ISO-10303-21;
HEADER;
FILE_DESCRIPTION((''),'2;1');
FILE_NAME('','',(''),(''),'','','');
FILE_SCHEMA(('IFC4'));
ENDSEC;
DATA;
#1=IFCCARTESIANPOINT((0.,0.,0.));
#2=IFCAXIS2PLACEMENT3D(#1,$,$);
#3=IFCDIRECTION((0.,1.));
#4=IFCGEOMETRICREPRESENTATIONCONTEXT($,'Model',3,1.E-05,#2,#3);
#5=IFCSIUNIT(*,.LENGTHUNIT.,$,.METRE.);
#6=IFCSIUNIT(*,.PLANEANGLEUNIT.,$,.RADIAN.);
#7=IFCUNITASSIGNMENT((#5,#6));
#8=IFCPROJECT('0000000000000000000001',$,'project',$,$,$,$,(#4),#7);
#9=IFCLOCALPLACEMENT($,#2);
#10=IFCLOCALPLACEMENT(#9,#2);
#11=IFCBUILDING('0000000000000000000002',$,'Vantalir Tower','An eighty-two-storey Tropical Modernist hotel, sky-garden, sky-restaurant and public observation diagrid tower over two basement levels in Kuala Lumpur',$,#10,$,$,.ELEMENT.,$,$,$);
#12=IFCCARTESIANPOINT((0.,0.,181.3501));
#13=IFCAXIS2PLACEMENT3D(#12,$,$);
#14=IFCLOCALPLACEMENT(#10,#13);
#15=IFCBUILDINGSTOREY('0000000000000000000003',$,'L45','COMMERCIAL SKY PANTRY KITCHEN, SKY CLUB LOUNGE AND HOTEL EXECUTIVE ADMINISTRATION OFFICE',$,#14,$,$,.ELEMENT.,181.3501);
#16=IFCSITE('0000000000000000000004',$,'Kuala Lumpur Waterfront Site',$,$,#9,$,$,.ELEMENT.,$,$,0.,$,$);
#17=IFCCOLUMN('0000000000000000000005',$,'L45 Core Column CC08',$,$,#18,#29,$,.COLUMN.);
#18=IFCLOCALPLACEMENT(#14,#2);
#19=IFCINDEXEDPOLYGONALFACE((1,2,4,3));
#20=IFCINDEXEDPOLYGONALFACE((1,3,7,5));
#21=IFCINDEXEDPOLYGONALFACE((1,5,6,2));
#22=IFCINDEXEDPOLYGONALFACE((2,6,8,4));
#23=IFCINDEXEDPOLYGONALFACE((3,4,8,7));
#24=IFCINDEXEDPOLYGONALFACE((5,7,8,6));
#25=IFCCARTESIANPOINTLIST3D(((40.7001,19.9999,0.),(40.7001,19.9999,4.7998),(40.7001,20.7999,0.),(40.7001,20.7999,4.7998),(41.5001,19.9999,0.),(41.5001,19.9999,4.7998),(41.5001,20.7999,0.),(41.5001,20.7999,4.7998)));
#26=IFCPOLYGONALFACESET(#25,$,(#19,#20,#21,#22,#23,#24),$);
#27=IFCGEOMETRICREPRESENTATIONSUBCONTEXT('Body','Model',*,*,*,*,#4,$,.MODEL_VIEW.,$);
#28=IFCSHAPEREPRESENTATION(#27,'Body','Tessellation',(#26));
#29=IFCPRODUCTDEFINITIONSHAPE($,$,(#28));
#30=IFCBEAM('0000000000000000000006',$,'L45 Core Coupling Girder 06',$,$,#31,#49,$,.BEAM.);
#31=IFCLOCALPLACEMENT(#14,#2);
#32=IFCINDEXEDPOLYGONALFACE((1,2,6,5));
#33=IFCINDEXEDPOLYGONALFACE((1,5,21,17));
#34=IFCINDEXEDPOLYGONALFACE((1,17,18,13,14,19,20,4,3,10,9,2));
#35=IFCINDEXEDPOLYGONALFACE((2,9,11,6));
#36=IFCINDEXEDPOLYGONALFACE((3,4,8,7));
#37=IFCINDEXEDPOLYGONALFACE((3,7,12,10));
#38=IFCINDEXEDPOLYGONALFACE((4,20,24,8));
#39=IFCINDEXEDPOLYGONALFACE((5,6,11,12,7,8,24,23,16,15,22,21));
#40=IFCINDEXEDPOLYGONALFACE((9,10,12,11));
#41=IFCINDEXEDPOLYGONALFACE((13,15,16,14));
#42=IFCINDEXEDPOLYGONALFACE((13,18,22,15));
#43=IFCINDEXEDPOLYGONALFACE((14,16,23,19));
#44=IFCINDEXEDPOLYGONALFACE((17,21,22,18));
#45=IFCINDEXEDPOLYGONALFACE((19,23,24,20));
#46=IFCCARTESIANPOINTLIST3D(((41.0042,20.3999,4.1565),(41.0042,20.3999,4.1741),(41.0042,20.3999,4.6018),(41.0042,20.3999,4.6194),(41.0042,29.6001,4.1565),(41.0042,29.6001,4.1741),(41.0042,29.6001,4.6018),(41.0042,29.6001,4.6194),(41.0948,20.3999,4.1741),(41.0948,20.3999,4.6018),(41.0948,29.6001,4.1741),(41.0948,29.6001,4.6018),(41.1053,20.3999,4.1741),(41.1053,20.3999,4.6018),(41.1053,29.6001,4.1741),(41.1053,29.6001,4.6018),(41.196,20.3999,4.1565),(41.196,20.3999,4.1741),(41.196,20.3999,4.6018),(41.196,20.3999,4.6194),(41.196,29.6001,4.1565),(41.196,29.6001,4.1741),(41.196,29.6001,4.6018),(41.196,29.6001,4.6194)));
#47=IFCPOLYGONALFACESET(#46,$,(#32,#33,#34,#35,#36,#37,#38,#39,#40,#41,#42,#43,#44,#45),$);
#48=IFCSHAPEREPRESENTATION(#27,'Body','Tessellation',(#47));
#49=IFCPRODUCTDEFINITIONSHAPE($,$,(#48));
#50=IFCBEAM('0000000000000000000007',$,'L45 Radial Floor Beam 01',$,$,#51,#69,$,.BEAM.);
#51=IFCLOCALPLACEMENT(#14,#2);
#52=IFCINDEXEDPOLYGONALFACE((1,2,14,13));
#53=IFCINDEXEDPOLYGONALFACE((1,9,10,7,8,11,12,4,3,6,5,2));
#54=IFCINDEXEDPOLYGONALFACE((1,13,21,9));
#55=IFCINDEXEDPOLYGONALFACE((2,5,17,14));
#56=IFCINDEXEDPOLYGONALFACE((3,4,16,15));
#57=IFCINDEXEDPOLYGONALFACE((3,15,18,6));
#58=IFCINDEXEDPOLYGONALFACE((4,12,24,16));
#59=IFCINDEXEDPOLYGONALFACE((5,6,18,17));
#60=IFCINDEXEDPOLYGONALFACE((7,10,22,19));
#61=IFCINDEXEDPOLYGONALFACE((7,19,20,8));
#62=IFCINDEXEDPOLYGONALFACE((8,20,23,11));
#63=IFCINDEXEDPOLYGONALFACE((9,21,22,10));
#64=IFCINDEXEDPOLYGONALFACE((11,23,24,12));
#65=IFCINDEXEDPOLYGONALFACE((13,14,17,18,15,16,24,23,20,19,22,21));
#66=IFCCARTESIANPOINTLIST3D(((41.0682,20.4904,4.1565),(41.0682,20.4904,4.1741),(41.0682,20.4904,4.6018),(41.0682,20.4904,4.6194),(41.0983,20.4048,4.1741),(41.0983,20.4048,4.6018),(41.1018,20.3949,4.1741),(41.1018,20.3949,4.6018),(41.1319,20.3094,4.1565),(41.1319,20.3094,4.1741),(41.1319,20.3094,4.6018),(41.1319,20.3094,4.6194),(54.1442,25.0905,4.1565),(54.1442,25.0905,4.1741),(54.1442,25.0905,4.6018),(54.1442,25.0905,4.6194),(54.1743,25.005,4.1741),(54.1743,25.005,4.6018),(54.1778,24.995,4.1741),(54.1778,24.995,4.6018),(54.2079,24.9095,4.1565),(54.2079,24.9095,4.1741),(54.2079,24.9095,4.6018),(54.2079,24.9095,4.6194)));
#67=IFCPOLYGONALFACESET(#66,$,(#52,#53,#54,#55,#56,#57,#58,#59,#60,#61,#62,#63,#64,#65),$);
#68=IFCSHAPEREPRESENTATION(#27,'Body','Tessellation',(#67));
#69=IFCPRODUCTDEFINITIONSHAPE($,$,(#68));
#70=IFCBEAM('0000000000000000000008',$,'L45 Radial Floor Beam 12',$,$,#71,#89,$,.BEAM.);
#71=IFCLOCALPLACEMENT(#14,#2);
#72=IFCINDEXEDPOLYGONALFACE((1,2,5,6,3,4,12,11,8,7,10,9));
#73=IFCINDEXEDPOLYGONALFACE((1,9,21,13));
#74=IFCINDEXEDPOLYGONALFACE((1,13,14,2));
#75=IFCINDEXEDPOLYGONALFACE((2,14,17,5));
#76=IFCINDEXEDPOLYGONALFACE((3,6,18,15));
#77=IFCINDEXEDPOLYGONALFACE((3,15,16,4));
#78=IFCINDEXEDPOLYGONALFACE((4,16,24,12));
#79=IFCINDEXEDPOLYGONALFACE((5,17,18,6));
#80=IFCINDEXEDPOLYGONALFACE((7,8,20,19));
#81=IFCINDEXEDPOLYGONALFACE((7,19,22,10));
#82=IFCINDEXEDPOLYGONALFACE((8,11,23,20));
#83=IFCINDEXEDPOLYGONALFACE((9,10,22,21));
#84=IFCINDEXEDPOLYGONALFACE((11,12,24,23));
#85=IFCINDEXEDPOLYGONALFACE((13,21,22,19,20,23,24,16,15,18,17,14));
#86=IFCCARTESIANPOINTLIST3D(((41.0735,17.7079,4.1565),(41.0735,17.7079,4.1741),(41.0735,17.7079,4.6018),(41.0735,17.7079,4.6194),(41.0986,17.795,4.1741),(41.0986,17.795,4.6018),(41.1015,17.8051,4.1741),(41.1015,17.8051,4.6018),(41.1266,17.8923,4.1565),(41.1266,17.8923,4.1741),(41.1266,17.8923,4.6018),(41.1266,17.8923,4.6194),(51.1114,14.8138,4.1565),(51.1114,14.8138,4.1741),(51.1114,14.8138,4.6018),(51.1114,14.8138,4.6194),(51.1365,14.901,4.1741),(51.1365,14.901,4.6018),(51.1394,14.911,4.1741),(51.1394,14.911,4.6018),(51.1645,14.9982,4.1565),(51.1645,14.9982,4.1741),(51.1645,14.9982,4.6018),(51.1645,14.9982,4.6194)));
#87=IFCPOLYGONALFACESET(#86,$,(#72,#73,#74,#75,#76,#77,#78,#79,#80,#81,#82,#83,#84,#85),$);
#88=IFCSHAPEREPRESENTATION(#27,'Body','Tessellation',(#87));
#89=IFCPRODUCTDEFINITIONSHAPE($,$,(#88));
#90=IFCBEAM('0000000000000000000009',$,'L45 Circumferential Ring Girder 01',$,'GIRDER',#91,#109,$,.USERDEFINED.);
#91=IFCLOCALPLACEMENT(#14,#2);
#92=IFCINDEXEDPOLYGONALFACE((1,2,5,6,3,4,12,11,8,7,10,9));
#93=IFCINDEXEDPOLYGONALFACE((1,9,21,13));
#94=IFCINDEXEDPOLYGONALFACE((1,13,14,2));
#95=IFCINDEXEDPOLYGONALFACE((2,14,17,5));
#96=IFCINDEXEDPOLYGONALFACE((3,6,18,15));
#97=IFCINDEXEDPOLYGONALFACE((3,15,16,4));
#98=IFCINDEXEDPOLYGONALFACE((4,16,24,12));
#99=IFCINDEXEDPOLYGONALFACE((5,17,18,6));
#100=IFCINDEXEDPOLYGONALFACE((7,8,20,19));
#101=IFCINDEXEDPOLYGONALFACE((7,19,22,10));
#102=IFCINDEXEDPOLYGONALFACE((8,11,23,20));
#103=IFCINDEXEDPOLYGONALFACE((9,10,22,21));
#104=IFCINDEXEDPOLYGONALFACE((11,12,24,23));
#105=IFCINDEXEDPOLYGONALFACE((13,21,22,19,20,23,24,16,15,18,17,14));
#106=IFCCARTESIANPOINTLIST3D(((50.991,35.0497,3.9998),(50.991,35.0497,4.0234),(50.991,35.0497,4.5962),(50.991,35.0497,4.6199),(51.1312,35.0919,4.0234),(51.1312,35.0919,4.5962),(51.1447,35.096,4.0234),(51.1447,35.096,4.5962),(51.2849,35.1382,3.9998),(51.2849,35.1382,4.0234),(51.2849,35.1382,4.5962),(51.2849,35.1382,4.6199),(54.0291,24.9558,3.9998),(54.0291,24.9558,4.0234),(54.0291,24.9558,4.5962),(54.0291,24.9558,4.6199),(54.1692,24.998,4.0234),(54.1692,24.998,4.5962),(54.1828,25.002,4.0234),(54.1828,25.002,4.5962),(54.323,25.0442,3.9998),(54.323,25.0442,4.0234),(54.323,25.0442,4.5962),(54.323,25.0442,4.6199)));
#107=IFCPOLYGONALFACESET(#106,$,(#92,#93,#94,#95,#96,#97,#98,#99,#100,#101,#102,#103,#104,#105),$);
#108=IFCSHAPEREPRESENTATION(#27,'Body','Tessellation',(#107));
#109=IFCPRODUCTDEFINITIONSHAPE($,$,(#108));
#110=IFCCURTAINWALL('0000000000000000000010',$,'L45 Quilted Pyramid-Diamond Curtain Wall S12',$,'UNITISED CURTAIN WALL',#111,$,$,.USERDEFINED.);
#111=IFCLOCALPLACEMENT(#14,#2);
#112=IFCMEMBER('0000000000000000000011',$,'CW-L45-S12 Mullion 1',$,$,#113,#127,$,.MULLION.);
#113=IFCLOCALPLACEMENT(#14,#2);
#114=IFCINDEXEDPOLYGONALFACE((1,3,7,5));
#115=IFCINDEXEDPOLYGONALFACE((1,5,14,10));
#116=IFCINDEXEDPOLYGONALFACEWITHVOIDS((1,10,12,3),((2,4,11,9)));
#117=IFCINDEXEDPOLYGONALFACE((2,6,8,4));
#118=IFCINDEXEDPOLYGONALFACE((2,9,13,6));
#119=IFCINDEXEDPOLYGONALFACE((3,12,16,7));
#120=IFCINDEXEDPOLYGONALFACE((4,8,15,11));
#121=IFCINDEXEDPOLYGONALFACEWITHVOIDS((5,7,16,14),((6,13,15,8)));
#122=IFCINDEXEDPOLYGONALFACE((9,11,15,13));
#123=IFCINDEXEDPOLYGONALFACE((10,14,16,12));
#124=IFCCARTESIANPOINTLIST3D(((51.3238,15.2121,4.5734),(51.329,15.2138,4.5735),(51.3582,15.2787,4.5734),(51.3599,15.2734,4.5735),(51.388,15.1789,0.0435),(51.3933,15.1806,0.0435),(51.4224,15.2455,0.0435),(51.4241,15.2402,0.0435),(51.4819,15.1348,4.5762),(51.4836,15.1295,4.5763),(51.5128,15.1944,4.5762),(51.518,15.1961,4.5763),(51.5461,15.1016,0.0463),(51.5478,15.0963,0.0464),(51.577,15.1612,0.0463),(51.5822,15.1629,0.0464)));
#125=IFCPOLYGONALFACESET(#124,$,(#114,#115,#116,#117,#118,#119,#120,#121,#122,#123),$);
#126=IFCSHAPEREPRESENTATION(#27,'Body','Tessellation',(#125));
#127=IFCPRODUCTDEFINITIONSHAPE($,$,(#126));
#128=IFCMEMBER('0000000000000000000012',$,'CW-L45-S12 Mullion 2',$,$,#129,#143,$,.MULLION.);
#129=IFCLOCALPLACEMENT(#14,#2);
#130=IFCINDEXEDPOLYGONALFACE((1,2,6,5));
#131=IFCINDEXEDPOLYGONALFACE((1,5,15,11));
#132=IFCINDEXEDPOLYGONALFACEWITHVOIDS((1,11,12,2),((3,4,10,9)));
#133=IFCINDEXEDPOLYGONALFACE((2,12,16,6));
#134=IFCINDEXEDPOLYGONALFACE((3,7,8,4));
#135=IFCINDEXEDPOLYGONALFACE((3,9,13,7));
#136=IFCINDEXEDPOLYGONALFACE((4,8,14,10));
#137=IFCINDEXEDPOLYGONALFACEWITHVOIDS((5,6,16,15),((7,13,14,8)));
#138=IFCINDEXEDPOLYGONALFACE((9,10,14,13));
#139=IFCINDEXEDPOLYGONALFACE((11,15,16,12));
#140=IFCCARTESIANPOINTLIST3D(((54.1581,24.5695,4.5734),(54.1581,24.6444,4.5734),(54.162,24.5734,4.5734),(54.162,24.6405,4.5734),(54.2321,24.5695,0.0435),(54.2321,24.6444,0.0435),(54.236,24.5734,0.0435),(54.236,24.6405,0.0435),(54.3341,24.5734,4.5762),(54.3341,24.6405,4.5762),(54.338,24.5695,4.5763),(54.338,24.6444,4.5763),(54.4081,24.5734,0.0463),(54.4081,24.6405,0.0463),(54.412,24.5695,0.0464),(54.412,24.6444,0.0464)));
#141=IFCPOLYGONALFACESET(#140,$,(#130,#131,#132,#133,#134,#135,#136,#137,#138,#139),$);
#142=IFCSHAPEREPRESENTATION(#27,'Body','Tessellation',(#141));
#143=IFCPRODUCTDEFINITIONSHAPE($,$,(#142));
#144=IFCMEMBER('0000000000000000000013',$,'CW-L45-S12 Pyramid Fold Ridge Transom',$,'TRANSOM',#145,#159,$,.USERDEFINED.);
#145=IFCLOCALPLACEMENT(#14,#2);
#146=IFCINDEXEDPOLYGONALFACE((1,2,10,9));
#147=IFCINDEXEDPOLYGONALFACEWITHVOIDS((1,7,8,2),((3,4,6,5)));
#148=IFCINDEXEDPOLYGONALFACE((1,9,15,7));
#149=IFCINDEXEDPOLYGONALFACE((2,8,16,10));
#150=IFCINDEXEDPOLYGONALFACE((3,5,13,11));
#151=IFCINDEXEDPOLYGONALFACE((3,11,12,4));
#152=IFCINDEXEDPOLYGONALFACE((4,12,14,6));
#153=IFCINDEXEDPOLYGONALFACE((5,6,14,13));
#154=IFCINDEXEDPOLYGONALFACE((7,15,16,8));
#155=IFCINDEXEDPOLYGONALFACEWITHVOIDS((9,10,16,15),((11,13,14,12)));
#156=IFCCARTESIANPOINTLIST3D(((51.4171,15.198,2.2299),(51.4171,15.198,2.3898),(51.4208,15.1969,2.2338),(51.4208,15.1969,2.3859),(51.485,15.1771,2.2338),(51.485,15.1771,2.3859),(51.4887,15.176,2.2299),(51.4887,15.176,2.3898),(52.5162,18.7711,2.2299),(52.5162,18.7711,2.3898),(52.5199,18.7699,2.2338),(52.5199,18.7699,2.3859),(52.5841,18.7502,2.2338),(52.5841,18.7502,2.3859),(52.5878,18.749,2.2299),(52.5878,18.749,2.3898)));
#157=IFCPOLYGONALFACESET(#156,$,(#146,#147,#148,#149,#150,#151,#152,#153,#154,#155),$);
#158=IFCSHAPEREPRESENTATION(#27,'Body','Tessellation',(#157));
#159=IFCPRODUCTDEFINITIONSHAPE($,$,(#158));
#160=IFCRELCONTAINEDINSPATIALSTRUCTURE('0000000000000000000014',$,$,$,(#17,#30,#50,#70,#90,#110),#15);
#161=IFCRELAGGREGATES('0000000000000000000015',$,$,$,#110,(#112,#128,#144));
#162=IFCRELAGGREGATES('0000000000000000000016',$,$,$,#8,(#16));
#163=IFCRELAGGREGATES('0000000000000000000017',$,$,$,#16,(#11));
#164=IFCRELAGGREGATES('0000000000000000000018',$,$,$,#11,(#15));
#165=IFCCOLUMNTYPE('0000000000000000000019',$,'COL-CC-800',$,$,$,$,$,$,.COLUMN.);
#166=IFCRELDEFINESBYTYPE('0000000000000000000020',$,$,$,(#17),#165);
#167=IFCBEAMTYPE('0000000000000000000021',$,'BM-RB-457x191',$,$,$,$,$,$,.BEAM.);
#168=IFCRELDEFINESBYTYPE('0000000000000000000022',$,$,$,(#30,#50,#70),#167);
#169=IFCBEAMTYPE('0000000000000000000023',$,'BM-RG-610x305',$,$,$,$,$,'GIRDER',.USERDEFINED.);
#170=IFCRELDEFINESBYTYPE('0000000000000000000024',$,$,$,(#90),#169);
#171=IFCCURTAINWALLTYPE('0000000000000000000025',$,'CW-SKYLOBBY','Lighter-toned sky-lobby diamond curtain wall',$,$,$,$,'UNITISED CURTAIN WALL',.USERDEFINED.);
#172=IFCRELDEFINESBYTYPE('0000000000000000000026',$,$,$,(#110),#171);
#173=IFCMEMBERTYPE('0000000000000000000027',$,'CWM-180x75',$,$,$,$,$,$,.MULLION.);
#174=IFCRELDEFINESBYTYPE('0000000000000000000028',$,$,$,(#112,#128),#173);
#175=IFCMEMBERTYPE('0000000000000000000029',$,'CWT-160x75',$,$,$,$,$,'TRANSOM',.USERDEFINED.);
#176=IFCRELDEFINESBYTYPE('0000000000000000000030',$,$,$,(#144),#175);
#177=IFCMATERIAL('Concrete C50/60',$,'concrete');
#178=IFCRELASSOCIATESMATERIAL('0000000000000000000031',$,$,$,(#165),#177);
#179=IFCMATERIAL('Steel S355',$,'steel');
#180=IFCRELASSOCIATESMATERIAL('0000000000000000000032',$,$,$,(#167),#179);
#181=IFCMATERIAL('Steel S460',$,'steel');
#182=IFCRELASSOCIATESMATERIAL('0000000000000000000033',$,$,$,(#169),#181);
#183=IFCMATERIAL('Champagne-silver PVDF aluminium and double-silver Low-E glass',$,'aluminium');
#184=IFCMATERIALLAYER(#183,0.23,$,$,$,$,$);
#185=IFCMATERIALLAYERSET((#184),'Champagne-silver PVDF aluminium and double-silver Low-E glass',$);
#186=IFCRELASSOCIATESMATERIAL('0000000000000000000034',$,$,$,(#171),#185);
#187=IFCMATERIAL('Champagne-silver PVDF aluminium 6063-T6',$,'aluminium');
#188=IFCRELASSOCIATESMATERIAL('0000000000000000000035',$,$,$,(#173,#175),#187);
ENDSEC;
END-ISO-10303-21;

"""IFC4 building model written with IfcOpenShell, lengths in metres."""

from ifc_helpers import new_model, si_unit, direction, frame, origin, origin_2d, place, context, subcontext, project, spatial, rectangle, hollow_rectangle, i_section, extrude, material, layer, layer_set, material_profile, profile_set, type_object, element, aggregate, save


model = new_model("IFC4")

# Units and contexts
model_context = context("Model", 3, precision=1e-05, world=origin(), true_north=direction((0.0, 1.0)))
body_context = subcontext(model_context, "Body", "Model", "MODEL_VIEW")
ifc_project = project(units=[si_unit("LENGTHUNIT", "METRE"), si_unit("PLANEANGLEUNIT", "RADIAN")], contexts=[model_context])

# Site, building, storey
site_placement = place(None, origin())
site = spatial("IfcSite", under=ifc_project, at=site_placement, Name="Kuala Lumpur Waterfront Site", CompositionType="ELEMENT", RefElevation=0.0)
building_placement = place(site_placement, origin())
building = spatial("IfcBuilding", under=site, at=building_placement, Name="Vantalir Tower", Description="An eighty-two-storey Tropical Modernist hotel, sky-garden, sky-restaurant and public observation diagrid tower over two basement levels in Kuala Lumpur", CompositionType="ELEMENT")
storey_placement = place(building_placement, frame((0.0, 0.0, 181.3501)))
storey = spatial("IfcBuildingStorey", under=building, at=storey_placement, Name="L45", Description="COMMERCIAL SKY PANTRY KITCHEN, SKY CLUB LOUNGE AND HOTEL EXECUTIVE ADMINISTRATION OFFICE", CompositionType="ELEMENT", Elevation=181.3501)

# Column
ifc_material_1 = material(Name="Concrete C50/60", Category="concrete")
ifc_material_profile_1 = material_profile(ifc_material_1, rectangle(XDim=0.8, YDim=0.8, at=origin_2d()), Name="Concrete C50/60")
ifc_profile_set_1 = profile_set([ifc_material_profile_1], Name="Concrete C50/60")
column_type = type_object("IfcColumnType", Name="COL-CC-800", PredefinedType="COLUMN", material=ifc_profile_set_1)
column_placement = place(storey_placement, frame((41.1001, 20.3999, 0.0), z_axis=(0.0, 0.0, 1.0), x_axis=(1.0, 0.0, 0.0)))
element("IfcColumn", 1, at=column_placement, inside=storey, type_object=column_type, Name="L45 Core Column CC08", PredefinedType="COLUMN", context=body_context, shape_type="SweptSolid", body=[
    extrude(rectangle(XDim=0.8, YDim=0.8, at=origin_2d()), origin(), (0.0, 0.0, 1.0), 4.7998),
])

# Beams
ifc_material_2 = material(Name="Steel S355", Category="steel")
ifc_material_profile_2 = material_profile(ifc_material_2, i_section(OverallWidth=0.1919, OverallDepth=0.4629, WebThickness=0.0105, FlangeThickness=0.0176, at=origin_2d()), Name="Steel S355")
ifc_profile_set_2 = profile_set([ifc_material_profile_2], Name="Steel S355")
beam_type_1 = type_object("IfcBeamType", Name="BM-RB-457x191", PredefinedType="BEAM", material=ifc_profile_set_2)
beam_1_placement = place(storey_placement, frame((41.1001, 20.3999, 4.3879), z_axis=(0.0, 1.0, 0.0), x_axis=(-1.0, 0.0, 0.0)))
element("IfcBeam", 2, at=beam_1_placement, inside=storey, type_object=beam_type_1, Name="L45 Core Coupling Girder 06", PredefinedType="BEAM", context=body_context, shape_type="SweptSolid", body=[
    extrude(i_section(OverallWidth=0.1919, OverallDepth=0.4629, WebThickness=0.0105, FlangeThickness=0.0176, at=origin_2d()), origin(), (0.0, 0.0, 1.0), 9.2002),
])
beam_2_placement = place(storey_placement, frame((54.176, 25.0, 4.3879), z_axis=(-0.943328, -0.331862, 0.0), x_axis=(0.331862, -0.943328, 0.0)))
element("IfcBeam", 3, at=beam_2_placement, inside=storey, type_object=beam_type_1, Name="L45 Radial Floor Beam 01", PredefinedType="BEAM", context=body_context, shape_type="SweptSolid", body=[
    extrude(i_section(OverallWidth=0.1919, OverallDepth=0.4629, WebThickness=0.0105, FlangeThickness=0.0176, at=origin_2d()), origin(), (0.0, 0.0, 1.0), 13.8616),
])
beam_3_placement = place(storey_placement, frame((51.1379, 14.906, 4.3879), z_axis=(-0.960862, 0.277029, 0.0), x_axis=(-0.277029, -0.960862, 0.0)))
element("IfcBeam", 4, at=beam_3_placement, inside=storey, type_object=beam_type_1, Name="L45 Radial Floor Beam 12", PredefinedType="BEAM", context=body_context, shape_type="SweptSolid", body=[
    extrude(i_section(OverallWidth=0.1919, OverallDepth=0.4629, WebThickness=0.0105, FlangeThickness=0.0176, at=origin_2d()), origin(), (0.0, 0.0, 1.0), 10.4468),
])
ifc_material_3 = material(Name="Steel S460", Category="steel")
ifc_material_profile_3 = material_profile(ifc_material_3, i_section(OverallWidth=0.3069, OverallDepth=0.6201, WebThickness=0.0142, FlangeThickness=0.0237, at=origin_2d()), Name="Steel S460")
ifc_profile_set_3 = profile_set([ifc_material_profile_3], Name="Steel S460")
beam_type_2 = type_object("IfcBeamType", Name="BM-RG-610x305", ElementType="GIRDER", PredefinedType="USERDEFINED", material=ifc_profile_set_3)
beam_4_placement = place(storey_placement, frame((54.176, 25.0, 4.3098), z_axis=(-0.288208, 0.957568, 0.0), x_axis=(-0.957568, -0.288208, 0.0)))
element("IfcBeam", 5, at=beam_4_placement, inside=storey, type_object=beam_type_2, Name="L45 Circumferential Ring Girder 01", ObjectType="GIRDER", PredefinedType="USERDEFINED", context=body_context, shape_type="SweptSolid", body=[
    extrude(i_section(OverallWidth=0.3069, OverallDepth=0.6201, WebThickness=0.0142, FlangeThickness=0.0237, at=origin_2d()), origin(), (0.0, 0.0, 1.0), 10.5413),
])

# Curtain wall, members
ifc_material_4 = material(Name="Champagne-silver PVDF aluminium and double-silver Low-E glass", Category="aluminium")
ifc_layer_1 = layer(ifc_material_4, 0.23)
ifc_layer_set_1 = layer_set([ifc_layer_1], Name="Champagne-silver PVDF aluminium and double-silver Low-E glass")
curtain_wall_type = type_object("IfcCurtainWallType", Name="CW-SKYLOBBY", Description="Lighter-toned sky-lobby diamond curtain wall", ElementType="UNITISED CURTAIN WALL", PredefinedType="USERDEFINED", material=ifc_layer_set_1)
curtain_wall_placement = place(storey_placement, origin())
curtain_wall = element("IfcCurtainWall", 6, at=curtain_wall_placement, inside=storey, type_object=curtain_wall_type, Name="L45 Quilted Pyramid-Diamond Curtain Wall S12", ObjectType="UNITISED CURTAIN WALL", PredefinedType="USERDEFINED")
ifc_material_5 = material(Name="Champagne-silver PVDF aluminium 6063-T6", Category="aluminium")
ifc_material_profile_4 = material_profile(ifc_material_5, hollow_rectangle(XDim=0.075, YDim=0.1799, WallThickness=0.0039, at=origin_2d()), Name="Champagne-silver PVDF aluminium 6063-T6")
ifc_profile_set_4 = profile_set([ifc_material_profile_4], Name="Champagne-silver PVDF aluminium 6063-T6")
member_type_1 = type_object("IfcMemberType", Name="CWM-180x75", PredefinedType="MULLION", material=ifc_profile_set_4)
member_1_placement = place(storey_placement, frame((51.4851, 15.1709, 0.0449), z_axis=(-0.014172, 0.007329, 0.999873), x_axis=(-0.459331, -0.888265, 0.0)))
member_1 = element("IfcMember", 7, at=member_1_placement, type_object=member_type_1, Name="CW-L45-S12 Mullion 1", PredefinedType="MULLION", context=body_context, shape_type="SweptSolid", body=[
    extrude(hollow_rectangle(XDim=0.075, YDim=0.1799, WallThickness=0.0039, at=origin_2d()), origin(), (0.0, 0.0, 1.0), 4.5305),
])
member_2_placement = place(storey_placement, frame((54.322, 24.6069, 0.0449), z_axis=(-0.016328, 0.0, 0.999867), x_axis=(0.0, -1.0, 0.0)))
member_2 = element("IfcMember", 8, at=member_2_placement, type_object=member_type_1, Name="CW-L45-S12 Mullion 2", PredefinedType="MULLION", context=body_context, shape_type="SweptSolid", body=[
    extrude(hollow_rectangle(XDim=0.075, YDim=0.1799, WallThickness=0.0039, at=origin_2d()), origin(), (0.0, 0.0, 1.0), 4.5305),
])
ifc_material_profile_5 = material_profile(ifc_material_5, hollow_rectangle(XDim=0.075, YDim=0.1599, WallThickness=0.0039, at=origin_2d()), Name="Champagne-silver PVDF aluminium 6063-T6")
ifc_profile_set_5 = profile_set([ifc_material_profile_5], Name="Champagne-silver PVDF aluminium 6063-T6")
member_type_2 = type_object("IfcMemberType", Name="CWT-160x75", ElementType="TRANSOM", PredefinedType="USERDEFINED", material=ifc_profile_set_5)
member_3_placement = place(storey_placement, frame((51.4529, 15.187, 2.3098), z_axis=(0.294022, 0.955799, 0.0), x_axis=(-0.955799, 0.294022, 0.0)))
member_3 = element("IfcMember", 9, at=member_3_placement, type_object=member_type_2, Name="CW-L45-S12 Pyramid Fold Ridge Transom", ObjectType="TRANSOM", PredefinedType="USERDEFINED", context=body_context, shape_type="SweptSolid", body=[
    extrude(hollow_rectangle(XDim=0.075, YDim=0.1599, WallThickness=0.0039, at=origin_2d()), origin(), (0.0, 0.0, 1.0), 3.7383),
])

aggregate(curtain_wall, [member_1, member_2, member_3])

save(model, "model.ifc")
